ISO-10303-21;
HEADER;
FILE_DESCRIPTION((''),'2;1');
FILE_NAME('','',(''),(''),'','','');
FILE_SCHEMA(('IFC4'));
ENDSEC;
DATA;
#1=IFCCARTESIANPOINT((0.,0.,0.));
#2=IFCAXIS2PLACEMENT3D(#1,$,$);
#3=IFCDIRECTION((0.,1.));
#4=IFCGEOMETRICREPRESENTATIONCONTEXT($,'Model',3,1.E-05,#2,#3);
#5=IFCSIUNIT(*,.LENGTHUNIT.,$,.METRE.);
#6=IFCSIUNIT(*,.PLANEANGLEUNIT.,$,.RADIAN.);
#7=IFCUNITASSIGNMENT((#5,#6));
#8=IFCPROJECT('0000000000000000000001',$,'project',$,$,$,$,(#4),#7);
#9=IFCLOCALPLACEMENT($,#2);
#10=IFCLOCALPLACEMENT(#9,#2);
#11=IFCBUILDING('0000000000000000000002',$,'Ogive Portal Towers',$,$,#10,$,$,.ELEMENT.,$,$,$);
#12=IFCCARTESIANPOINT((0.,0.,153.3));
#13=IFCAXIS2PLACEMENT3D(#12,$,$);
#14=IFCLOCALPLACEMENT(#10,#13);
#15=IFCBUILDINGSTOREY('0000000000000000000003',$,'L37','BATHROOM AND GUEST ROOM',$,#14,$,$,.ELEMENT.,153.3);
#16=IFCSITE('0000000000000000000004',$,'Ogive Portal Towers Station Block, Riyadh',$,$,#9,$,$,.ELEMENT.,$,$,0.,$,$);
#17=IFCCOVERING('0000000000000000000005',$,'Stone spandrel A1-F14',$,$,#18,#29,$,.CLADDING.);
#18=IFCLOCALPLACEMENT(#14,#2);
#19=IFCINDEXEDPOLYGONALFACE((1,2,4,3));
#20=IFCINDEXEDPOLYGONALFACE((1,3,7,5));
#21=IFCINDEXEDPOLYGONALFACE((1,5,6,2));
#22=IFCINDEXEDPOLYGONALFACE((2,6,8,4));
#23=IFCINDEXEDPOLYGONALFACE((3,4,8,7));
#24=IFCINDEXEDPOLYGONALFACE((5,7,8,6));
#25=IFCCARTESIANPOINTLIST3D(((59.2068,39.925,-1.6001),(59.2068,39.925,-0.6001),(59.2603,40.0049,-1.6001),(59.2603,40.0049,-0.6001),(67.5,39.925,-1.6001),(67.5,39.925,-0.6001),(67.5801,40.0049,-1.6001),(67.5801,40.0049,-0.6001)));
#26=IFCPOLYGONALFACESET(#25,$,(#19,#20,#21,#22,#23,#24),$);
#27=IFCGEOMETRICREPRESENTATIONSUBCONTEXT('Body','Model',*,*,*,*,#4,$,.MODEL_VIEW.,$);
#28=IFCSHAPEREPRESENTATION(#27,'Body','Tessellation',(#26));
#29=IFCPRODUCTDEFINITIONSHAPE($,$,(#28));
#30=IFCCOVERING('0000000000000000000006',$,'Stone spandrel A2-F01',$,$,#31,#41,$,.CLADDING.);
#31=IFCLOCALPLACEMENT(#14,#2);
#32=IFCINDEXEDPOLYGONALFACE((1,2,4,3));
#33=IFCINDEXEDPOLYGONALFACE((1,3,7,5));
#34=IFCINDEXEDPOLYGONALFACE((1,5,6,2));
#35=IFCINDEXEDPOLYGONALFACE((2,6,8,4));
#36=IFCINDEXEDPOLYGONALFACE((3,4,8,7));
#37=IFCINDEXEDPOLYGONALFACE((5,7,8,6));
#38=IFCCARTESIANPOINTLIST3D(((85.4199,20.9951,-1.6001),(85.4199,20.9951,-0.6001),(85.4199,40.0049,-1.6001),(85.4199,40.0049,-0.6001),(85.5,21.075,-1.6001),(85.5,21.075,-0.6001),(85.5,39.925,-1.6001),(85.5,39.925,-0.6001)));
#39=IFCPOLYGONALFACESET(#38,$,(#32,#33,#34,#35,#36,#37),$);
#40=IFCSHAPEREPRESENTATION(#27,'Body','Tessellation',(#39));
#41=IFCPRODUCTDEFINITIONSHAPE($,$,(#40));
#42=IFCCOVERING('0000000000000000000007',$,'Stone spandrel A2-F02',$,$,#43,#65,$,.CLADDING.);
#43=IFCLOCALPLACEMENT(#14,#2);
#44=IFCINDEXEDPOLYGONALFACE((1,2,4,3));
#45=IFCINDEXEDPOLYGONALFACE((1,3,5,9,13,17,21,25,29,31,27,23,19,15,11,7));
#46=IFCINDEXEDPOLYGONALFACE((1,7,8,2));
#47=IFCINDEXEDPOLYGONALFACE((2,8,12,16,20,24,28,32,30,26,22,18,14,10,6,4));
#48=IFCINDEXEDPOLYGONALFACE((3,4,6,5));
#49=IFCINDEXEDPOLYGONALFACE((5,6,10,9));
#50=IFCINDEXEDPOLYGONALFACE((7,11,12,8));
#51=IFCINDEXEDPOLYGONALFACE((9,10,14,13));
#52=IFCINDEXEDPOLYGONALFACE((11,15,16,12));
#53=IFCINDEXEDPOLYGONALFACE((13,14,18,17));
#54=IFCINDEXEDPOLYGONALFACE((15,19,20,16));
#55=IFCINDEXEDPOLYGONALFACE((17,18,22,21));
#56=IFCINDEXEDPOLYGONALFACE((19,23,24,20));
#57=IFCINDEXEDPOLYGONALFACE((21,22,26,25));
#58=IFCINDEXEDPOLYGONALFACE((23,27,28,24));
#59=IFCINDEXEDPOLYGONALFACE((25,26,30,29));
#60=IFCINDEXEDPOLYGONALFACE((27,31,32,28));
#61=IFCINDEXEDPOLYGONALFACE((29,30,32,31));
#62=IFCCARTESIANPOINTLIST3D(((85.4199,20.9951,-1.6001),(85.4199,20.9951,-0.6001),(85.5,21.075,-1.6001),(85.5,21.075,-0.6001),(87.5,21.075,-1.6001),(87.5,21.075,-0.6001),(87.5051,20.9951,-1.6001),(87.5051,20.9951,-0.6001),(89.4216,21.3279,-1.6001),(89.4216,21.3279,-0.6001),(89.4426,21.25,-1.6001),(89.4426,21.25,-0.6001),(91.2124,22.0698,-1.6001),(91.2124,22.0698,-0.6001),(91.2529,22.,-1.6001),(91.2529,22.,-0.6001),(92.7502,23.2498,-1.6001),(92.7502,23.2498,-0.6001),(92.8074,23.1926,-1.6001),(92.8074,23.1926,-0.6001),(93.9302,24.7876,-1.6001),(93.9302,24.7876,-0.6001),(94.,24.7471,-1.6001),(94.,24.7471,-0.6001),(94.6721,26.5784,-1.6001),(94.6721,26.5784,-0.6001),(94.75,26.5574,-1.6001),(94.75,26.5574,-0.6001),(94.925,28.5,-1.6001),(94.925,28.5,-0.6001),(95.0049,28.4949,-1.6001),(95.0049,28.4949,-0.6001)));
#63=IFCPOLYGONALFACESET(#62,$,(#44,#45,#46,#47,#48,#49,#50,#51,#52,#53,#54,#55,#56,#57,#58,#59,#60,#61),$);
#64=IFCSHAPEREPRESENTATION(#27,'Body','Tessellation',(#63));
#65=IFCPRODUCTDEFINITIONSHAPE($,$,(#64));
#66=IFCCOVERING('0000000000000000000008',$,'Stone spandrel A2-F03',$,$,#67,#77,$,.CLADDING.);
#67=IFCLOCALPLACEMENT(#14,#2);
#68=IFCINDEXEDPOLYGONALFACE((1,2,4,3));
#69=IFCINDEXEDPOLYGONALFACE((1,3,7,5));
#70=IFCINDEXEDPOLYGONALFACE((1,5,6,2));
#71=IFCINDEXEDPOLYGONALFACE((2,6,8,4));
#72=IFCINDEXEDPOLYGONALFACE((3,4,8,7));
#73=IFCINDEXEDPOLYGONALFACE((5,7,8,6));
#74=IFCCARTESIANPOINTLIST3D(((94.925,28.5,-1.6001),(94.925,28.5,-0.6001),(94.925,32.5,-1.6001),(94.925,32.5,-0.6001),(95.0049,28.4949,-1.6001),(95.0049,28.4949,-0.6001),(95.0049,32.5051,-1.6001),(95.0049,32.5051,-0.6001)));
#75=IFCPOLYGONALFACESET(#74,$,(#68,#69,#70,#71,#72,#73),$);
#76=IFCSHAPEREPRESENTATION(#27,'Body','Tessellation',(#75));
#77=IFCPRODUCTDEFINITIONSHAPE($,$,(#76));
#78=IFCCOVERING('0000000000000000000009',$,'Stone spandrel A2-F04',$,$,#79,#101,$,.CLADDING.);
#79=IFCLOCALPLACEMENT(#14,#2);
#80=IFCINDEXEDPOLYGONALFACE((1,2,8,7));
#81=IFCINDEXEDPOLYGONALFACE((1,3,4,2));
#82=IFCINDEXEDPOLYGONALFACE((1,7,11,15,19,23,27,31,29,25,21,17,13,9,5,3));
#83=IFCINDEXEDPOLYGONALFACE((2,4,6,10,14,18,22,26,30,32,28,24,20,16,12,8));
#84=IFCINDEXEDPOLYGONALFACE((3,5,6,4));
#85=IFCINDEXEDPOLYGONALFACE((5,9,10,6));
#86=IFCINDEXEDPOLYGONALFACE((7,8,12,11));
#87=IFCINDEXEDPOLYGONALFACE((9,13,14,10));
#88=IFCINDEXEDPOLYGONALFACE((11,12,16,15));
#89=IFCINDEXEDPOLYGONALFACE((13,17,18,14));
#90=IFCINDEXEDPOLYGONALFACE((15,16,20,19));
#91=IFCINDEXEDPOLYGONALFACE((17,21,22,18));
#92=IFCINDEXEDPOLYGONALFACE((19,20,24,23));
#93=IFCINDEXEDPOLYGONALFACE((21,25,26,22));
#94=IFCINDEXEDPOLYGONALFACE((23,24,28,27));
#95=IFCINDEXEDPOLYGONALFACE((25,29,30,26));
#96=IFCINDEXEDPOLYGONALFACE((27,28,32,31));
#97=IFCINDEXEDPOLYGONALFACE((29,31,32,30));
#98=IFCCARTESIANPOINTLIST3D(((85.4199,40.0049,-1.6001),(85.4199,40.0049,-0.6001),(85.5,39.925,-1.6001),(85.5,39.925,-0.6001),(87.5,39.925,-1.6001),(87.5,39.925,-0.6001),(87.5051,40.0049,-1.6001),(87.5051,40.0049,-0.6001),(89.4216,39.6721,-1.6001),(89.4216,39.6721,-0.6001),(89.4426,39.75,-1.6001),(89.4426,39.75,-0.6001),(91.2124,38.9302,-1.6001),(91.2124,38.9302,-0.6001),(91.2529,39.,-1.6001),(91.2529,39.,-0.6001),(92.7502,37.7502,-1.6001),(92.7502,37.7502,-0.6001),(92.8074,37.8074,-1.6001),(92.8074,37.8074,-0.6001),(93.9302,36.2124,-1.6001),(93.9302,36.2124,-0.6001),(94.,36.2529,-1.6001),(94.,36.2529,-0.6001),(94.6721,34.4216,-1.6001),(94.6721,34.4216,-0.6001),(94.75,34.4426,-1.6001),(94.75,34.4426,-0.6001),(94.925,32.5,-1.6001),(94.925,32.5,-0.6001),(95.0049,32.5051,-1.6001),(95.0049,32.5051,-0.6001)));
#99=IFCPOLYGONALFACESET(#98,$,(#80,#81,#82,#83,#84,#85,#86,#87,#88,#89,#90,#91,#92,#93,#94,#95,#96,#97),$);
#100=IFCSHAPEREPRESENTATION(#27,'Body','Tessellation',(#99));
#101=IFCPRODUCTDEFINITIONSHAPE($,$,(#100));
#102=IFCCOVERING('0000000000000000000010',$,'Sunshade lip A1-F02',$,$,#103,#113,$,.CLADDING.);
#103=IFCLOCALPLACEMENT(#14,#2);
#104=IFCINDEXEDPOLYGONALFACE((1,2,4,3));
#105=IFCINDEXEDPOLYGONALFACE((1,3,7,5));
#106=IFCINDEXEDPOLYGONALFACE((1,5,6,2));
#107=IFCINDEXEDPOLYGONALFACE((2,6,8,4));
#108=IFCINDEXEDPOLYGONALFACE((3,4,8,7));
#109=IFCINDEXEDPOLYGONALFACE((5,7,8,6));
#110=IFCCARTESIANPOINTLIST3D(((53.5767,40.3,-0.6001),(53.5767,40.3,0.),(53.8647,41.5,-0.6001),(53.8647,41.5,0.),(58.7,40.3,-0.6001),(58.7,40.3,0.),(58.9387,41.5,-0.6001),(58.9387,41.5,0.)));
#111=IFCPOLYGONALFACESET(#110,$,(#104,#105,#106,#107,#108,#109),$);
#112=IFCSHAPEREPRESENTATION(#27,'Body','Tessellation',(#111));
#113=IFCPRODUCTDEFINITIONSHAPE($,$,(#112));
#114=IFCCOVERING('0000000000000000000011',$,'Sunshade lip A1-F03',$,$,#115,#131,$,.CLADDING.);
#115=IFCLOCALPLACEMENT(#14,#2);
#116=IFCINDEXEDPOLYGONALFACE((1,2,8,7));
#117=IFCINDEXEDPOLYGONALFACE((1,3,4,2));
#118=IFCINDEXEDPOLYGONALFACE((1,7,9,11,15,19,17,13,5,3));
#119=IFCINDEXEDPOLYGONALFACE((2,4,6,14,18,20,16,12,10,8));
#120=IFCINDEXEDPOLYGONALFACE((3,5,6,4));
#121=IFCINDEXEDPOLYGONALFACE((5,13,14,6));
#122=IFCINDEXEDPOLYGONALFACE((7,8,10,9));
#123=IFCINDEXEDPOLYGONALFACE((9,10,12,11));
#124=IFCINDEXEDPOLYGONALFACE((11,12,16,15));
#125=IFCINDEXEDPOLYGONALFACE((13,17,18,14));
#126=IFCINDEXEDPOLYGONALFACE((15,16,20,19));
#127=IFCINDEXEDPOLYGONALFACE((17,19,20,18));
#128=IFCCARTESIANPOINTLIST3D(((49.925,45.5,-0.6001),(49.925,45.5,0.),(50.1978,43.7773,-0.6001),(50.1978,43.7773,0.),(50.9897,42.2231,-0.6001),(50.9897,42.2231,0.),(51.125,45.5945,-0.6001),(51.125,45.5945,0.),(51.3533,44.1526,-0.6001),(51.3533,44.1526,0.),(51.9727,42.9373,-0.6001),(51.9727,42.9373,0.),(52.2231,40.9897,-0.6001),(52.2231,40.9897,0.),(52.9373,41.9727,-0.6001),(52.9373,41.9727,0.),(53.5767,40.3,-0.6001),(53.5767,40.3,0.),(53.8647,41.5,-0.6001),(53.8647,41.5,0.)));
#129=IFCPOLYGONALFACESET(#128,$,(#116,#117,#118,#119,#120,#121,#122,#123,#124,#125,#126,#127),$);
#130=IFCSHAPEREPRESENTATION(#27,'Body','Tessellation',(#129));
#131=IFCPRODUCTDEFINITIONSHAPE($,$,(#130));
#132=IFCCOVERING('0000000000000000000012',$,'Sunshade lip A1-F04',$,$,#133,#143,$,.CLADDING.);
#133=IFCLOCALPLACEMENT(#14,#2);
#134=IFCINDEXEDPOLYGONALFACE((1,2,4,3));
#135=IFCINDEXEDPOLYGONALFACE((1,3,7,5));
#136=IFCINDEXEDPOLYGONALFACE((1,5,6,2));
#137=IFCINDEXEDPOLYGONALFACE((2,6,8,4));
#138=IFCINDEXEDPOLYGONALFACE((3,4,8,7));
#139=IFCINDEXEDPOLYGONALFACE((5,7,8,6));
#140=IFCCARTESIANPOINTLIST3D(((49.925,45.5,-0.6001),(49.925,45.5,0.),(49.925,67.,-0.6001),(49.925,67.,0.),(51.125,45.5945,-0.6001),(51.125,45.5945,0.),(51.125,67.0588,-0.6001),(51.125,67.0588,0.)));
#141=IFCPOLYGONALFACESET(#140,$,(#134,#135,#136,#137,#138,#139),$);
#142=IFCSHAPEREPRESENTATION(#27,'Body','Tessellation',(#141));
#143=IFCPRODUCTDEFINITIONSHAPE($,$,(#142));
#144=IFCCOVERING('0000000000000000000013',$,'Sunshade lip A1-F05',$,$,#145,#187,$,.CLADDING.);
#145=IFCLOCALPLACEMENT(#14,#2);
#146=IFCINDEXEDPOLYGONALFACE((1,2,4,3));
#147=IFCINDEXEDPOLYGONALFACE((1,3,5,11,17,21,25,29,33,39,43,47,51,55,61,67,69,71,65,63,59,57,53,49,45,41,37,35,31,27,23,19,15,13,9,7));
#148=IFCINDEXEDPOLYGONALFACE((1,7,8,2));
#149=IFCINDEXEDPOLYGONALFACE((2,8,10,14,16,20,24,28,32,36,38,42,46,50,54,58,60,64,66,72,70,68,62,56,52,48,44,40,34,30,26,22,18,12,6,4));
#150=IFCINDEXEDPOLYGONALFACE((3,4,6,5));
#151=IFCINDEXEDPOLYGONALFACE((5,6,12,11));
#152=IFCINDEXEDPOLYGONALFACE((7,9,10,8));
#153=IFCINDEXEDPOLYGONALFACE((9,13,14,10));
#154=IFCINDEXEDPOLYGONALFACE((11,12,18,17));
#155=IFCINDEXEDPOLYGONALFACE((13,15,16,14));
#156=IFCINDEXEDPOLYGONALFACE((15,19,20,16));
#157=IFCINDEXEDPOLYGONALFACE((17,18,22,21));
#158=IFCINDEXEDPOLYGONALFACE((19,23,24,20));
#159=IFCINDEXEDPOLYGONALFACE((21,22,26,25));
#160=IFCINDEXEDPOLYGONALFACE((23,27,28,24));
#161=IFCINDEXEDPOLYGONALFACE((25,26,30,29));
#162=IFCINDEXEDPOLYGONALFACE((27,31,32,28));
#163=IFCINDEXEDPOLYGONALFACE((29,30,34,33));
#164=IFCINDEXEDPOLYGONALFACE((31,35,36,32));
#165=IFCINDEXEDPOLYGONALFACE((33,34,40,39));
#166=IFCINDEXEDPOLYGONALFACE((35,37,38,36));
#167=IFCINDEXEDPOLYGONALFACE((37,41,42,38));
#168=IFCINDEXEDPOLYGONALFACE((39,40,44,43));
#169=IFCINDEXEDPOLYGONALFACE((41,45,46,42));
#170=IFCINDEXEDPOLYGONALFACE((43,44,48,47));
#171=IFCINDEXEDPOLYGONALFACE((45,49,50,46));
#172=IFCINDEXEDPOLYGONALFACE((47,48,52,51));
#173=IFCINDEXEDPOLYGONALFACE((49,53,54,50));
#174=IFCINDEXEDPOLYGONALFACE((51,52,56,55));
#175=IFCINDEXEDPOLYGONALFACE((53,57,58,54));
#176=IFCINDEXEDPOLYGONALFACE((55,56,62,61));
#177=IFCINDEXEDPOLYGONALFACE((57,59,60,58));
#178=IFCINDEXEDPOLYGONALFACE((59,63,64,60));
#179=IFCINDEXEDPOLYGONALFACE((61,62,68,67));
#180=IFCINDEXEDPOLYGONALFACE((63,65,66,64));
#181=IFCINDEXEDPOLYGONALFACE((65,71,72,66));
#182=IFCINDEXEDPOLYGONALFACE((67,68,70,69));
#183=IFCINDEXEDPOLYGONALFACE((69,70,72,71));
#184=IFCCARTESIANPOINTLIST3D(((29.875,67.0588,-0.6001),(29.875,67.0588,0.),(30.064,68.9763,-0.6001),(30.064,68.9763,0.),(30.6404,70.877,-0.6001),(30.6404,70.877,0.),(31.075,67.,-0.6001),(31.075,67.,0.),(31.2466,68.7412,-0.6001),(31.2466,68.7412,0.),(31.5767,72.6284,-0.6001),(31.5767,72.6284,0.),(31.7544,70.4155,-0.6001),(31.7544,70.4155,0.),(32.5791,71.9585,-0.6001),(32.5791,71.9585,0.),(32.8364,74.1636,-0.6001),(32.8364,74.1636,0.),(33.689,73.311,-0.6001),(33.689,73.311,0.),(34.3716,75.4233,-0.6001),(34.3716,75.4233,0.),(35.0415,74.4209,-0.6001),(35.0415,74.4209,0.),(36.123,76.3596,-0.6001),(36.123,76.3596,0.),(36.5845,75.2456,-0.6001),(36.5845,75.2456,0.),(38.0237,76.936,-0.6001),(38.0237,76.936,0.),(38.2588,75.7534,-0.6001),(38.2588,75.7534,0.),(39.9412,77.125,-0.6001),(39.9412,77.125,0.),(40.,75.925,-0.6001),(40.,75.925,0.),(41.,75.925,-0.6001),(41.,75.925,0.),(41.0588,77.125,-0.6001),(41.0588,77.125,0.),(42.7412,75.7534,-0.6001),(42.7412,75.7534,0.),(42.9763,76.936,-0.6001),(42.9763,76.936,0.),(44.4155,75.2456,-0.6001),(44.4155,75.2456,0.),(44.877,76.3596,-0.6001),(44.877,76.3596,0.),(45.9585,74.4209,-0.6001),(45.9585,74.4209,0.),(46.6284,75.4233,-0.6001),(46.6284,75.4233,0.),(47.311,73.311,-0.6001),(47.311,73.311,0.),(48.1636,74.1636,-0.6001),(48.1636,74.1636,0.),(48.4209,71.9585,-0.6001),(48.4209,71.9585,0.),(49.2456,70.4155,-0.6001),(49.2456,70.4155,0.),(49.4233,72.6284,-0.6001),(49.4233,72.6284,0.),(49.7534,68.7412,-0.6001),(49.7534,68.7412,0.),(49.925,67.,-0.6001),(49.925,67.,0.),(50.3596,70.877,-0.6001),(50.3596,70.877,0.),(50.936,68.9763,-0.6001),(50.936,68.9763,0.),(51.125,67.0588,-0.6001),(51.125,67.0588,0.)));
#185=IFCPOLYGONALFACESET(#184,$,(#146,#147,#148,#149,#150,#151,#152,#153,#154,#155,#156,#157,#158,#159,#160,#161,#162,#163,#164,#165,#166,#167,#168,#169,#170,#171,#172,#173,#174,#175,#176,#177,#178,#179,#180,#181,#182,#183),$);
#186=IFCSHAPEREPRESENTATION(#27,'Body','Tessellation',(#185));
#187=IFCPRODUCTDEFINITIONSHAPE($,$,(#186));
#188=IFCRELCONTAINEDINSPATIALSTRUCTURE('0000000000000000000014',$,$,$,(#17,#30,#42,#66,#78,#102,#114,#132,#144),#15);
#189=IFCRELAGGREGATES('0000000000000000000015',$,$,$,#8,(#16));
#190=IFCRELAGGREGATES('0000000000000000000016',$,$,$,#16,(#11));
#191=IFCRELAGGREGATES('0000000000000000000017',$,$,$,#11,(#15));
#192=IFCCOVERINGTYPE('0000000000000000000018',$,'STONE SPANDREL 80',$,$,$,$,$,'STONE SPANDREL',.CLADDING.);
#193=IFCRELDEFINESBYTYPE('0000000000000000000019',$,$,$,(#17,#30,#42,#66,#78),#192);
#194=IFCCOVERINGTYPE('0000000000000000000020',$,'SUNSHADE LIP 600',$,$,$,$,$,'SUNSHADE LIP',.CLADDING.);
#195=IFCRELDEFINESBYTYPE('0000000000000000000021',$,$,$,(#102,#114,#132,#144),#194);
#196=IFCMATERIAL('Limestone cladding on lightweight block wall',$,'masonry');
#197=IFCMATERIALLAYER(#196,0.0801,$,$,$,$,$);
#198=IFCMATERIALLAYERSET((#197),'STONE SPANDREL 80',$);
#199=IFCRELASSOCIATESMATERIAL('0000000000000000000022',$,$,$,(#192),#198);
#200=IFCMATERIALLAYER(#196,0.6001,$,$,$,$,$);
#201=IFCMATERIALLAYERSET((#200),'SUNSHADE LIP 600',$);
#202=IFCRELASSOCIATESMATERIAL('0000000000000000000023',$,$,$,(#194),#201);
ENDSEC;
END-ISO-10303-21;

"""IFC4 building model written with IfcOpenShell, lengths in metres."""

from ifc_helpers import new_model, si_unit, direction, frame, origin, place, context, subcontext, project, spatial, polyline, outline, extrude, material, layer, layer_set, type_object, element, save


model = new_model("IFC4")

# Units and contexts
model_context = context("Model", 3, precision=1e-05, world=origin(), true_north=direction((0.0, 1.0)))
body_context = subcontext(model_context, "Body", "Model", "MODEL_VIEW")
ifc_project = project(units=[si_unit("LENGTHUNIT", "METRE"), si_unit("PLANEANGLEUNIT", "RADIAN")], contexts=[model_context])

# Site, building, storey
site_placement = place(None, origin())
site = spatial("IfcSite", under=ifc_project, at=site_placement, Name="Ogive Portal Towers Station Block, Riyadh", CompositionType="ELEMENT", RefElevation=0.0)
building_placement = place(site_placement, origin())
building = spatial("IfcBuilding", under=site, at=building_placement, Name="Ogive Portal Towers", CompositionType="ELEMENT")
storey_placement = place(building_placement, frame((0.0, 0.0, 153.3)))
storey = spatial("IfcBuildingStorey", under=building, at=storey_placement, Name="L37", Description="BATHROOM AND GUEST ROOM", CompositionType="ELEMENT", Elevation=153.3)

# Shared definitions
ifc_material_1 = material(Name="Limestone cladding on lightweight block wall", Category="masonry")

# Coverings
ifc_layer_1 = layer(ifc_material_1, 0.0801)
ifc_layer_set_1 = layer_set([ifc_layer_1], Name="STONE SPANDREL 80")
covering_type_1 = type_object("IfcCoveringType", Name="STONE SPANDREL 80", ElementType="STONE SPANDREL", PredefinedType="CLADDING", material=ifc_layer_set_1)
covering_1_placement = place(storey_placement, frame((0.0, 0.0, -1.6001)))
element("IfcCovering", 1, at=covering_1_placement, inside=storey, type_object=covering_type_1, Name="Stone spandrel A1-F14", PredefinedType="CLADDING", context=body_context, shape_type="SweptSolid", body=[
    extrude(outline(polyline([(67.5, 39.925), (59.2068, 39.925), (59.2603, 40.0049), (67.5801, 40.0049), (67.5, 39.925)])), origin(), (0.0, 0.0, 1.0), 1.0),
])
covering_2_placement = place(storey_placement, frame((0.0, 0.0, -1.6001)))
element("IfcCovering", 2, at=covering_2_placement, inside=storey, type_object=covering_type_1, Name="Stone spandrel A2-F01", PredefinedType="CLADDING", context=body_context, shape_type="SweptSolid", body=[
    extrude(outline(polyline([(85.5, 39.925), (85.5, 21.075), (85.4199, 20.9951), (85.4199, 40.0049), (85.5, 39.925)])), origin(), (0.0, 0.0, 1.0), 1.0),
])
covering_3_placement = place(storey_placement, frame((0.0, 0.0, -1.6001)))
element("IfcCovering", 3, at=covering_3_placement, inside=storey, type_object=covering_type_1, Name="Stone spandrel A2-F02", PredefinedType="CLADDING", context=body_context, shape_type="SweptSolid", body=[
    extrude(outline(polyline([(85.5, 21.075), (87.5, 21.075), (89.4216, 21.3279), (91.2124, 22.0698), (92.7502, 23.2498), (93.9302, 24.7876), (94.6721, 26.5784), (94.925, 28.5), (95.0049, 28.4949), (94.75, 26.5574), (94.0, 24.7471), (92.8074, 23.1926), (91.2529, 22.0), (89.4426, 21.25), (87.5051, 20.9951), (85.4199, 20.9951), (85.5, 21.075)])), origin(), (0.0, 0.0, 1.0), 1.0),
])
covering_4_placement = place(storey_placement, frame((0.0, 0.0, -1.6001)))
element("IfcCovering", 4, at=covering_4_placement, inside=storey, type_object=covering_type_1, Name="Stone spandrel A2-F03", PredefinedType="CLADDING", context=body_context, shape_type="SweptSolid", body=[
    extrude(outline(polyline([(94.925, 28.5), (94.925, 32.5), (95.0049, 32.5051), (95.0049, 28.4949), (94.925, 28.5)])), origin(), (0.0, 0.0, 1.0), 1.0),
])
covering_5_placement = place(storey_placement, frame((0.0, 0.0, -1.6001)))
element("IfcCovering", 5, at=covering_5_placement, inside=storey, type_object=covering_type_1, Name="Stone spandrel A2-F04", PredefinedType="CLADDING", context=body_context, shape_type="SweptSolid", body=[
    extrude(outline(polyline([(94.925, 32.5), (94.6721, 34.4216), (93.9302, 36.2124), (92.7502, 37.7502), (91.2124, 38.9302), (89.4216, 39.6721), (87.5, 39.925), (85.5, 39.925), (85.4199, 40.0049), (87.5051, 40.0049), (89.4426, 39.75), (91.2529, 39.0), (92.8074, 37.8074), (94.0, 36.2529), (94.75, 34.4426), (95.0049, 32.5051), (94.925, 32.5)])), origin(), (0.0, 0.0, 1.0), 1.0),
])
ifc_layer_2 = layer(ifc_material_1, 0.6001)
ifc_layer_set_2 = layer_set([ifc_layer_2], Name="SUNSHADE LIP 600")
covering_type_2 = type_object("IfcCoveringType", Name="SUNSHADE LIP 600", ElementType="SUNSHADE LIP", PredefinedType="CLADDING", material=ifc_layer_set_2)
covering_6_placement = place(storey_placement, frame((0.0, 0.0, -0.6001)))
element("IfcCovering", 6, at=covering_6_placement, inside=storey, type_object=covering_type_2, Name="Sunshade lip A1-F02", PredefinedType="CLADDING", context=body_context, shape_type="SweptSolid", body=[
    extrude(outline(polyline([(58.7, 40.3), (53.5767, 40.3), (53.8647, 41.5), (58.9387, 41.5), (58.7, 40.3)])), origin(), (0.0, 0.0, 1.0), 0.6001),
])
covering_7_placement = place(storey_placement, frame((0.0, 0.0, -0.6001)))
element("IfcCovering", 7, at=covering_7_placement, inside=storey, type_object=covering_type_2, Name="Sunshade lip A1-F03", PredefinedType="CLADDING", context=body_context, shape_type="SweptSolid", body=[
    extrude(outline(polyline([(53.5767, 40.3), (52.2231, 40.9897), (50.9897, 42.2231), (50.1978, 43.7773), (49.925, 45.5), (51.125, 45.5945), (51.3533, 44.1526), (51.9727, 42.9373), (52.9373, 41.9727), (53.8647, 41.5), (53.5767, 40.3)])), origin(), (0.0, 0.0, 1.0), 0.6001),
])
covering_8_placement = place(storey_placement, frame((0.0, 0.0, -0.6001)))
element("IfcCovering", 8, at=covering_8_placement, inside=storey, type_object=covering_type_2, Name="Sunshade lip A1-F04", PredefinedType="CLADDING", context=body_context, shape_type="SweptSolid", body=[
    extrude(outline(polyline([(49.925, 45.5), (49.925, 67.0), (51.125, 67.0588), (51.125, 45.5945), (49.925, 45.5)])), origin(), (0.0, 0.0, 1.0), 0.6001),
])
covering_9_placement = place(storey_placement, frame((0.0, 0.0, -0.6001)))
element("IfcCovering", 9, at=covering_9_placement, inside=storey, type_object=covering_type_2, Name="Sunshade lip A1-F05", PredefinedType="CLADDING", context=body_context, shape_type="SweptSolid", body=[
    extrude(outline(polyline([(49.925, 67.0), (49.7534, 68.7412), (49.2456, 70.4155), (48.4209, 71.9585), (47.311, 73.311), (45.9585, 74.4209), (44.4155, 75.2456), (42.7412, 75.7534), (41.0, 75.925), (40.0, 75.925), (38.2588, 75.7534), (36.5845, 75.2456), (35.0415, 74.4209), (33.689, 73.311), (32.5791, 71.9585), (31.7544, 70.4155), (31.2466, 68.7412), (31.075, 67.0), (29.875, 67.0588), (30.064, 68.9763), (30.6404, 70.877), (31.5767, 72.6284), (32.8364, 74.1636), (34.3716, 75.4233), (36.123, 76.3596), (38.0237, 76.936), (39.9412, 77.125), (41.0588, 77.125), (42.9763, 76.936), (44.877, 76.3596), (46.6284, 75.4233), (48.1636, 74.1636), (49.4233, 72.6284), (50.3596, 70.877), (50.936, 68.9763), (51.125, 67.0588), (49.925, 67.0)])), origin(), (0.0, 0.0, 1.0), 0.6001),
])

save(model, "model.ifc")
